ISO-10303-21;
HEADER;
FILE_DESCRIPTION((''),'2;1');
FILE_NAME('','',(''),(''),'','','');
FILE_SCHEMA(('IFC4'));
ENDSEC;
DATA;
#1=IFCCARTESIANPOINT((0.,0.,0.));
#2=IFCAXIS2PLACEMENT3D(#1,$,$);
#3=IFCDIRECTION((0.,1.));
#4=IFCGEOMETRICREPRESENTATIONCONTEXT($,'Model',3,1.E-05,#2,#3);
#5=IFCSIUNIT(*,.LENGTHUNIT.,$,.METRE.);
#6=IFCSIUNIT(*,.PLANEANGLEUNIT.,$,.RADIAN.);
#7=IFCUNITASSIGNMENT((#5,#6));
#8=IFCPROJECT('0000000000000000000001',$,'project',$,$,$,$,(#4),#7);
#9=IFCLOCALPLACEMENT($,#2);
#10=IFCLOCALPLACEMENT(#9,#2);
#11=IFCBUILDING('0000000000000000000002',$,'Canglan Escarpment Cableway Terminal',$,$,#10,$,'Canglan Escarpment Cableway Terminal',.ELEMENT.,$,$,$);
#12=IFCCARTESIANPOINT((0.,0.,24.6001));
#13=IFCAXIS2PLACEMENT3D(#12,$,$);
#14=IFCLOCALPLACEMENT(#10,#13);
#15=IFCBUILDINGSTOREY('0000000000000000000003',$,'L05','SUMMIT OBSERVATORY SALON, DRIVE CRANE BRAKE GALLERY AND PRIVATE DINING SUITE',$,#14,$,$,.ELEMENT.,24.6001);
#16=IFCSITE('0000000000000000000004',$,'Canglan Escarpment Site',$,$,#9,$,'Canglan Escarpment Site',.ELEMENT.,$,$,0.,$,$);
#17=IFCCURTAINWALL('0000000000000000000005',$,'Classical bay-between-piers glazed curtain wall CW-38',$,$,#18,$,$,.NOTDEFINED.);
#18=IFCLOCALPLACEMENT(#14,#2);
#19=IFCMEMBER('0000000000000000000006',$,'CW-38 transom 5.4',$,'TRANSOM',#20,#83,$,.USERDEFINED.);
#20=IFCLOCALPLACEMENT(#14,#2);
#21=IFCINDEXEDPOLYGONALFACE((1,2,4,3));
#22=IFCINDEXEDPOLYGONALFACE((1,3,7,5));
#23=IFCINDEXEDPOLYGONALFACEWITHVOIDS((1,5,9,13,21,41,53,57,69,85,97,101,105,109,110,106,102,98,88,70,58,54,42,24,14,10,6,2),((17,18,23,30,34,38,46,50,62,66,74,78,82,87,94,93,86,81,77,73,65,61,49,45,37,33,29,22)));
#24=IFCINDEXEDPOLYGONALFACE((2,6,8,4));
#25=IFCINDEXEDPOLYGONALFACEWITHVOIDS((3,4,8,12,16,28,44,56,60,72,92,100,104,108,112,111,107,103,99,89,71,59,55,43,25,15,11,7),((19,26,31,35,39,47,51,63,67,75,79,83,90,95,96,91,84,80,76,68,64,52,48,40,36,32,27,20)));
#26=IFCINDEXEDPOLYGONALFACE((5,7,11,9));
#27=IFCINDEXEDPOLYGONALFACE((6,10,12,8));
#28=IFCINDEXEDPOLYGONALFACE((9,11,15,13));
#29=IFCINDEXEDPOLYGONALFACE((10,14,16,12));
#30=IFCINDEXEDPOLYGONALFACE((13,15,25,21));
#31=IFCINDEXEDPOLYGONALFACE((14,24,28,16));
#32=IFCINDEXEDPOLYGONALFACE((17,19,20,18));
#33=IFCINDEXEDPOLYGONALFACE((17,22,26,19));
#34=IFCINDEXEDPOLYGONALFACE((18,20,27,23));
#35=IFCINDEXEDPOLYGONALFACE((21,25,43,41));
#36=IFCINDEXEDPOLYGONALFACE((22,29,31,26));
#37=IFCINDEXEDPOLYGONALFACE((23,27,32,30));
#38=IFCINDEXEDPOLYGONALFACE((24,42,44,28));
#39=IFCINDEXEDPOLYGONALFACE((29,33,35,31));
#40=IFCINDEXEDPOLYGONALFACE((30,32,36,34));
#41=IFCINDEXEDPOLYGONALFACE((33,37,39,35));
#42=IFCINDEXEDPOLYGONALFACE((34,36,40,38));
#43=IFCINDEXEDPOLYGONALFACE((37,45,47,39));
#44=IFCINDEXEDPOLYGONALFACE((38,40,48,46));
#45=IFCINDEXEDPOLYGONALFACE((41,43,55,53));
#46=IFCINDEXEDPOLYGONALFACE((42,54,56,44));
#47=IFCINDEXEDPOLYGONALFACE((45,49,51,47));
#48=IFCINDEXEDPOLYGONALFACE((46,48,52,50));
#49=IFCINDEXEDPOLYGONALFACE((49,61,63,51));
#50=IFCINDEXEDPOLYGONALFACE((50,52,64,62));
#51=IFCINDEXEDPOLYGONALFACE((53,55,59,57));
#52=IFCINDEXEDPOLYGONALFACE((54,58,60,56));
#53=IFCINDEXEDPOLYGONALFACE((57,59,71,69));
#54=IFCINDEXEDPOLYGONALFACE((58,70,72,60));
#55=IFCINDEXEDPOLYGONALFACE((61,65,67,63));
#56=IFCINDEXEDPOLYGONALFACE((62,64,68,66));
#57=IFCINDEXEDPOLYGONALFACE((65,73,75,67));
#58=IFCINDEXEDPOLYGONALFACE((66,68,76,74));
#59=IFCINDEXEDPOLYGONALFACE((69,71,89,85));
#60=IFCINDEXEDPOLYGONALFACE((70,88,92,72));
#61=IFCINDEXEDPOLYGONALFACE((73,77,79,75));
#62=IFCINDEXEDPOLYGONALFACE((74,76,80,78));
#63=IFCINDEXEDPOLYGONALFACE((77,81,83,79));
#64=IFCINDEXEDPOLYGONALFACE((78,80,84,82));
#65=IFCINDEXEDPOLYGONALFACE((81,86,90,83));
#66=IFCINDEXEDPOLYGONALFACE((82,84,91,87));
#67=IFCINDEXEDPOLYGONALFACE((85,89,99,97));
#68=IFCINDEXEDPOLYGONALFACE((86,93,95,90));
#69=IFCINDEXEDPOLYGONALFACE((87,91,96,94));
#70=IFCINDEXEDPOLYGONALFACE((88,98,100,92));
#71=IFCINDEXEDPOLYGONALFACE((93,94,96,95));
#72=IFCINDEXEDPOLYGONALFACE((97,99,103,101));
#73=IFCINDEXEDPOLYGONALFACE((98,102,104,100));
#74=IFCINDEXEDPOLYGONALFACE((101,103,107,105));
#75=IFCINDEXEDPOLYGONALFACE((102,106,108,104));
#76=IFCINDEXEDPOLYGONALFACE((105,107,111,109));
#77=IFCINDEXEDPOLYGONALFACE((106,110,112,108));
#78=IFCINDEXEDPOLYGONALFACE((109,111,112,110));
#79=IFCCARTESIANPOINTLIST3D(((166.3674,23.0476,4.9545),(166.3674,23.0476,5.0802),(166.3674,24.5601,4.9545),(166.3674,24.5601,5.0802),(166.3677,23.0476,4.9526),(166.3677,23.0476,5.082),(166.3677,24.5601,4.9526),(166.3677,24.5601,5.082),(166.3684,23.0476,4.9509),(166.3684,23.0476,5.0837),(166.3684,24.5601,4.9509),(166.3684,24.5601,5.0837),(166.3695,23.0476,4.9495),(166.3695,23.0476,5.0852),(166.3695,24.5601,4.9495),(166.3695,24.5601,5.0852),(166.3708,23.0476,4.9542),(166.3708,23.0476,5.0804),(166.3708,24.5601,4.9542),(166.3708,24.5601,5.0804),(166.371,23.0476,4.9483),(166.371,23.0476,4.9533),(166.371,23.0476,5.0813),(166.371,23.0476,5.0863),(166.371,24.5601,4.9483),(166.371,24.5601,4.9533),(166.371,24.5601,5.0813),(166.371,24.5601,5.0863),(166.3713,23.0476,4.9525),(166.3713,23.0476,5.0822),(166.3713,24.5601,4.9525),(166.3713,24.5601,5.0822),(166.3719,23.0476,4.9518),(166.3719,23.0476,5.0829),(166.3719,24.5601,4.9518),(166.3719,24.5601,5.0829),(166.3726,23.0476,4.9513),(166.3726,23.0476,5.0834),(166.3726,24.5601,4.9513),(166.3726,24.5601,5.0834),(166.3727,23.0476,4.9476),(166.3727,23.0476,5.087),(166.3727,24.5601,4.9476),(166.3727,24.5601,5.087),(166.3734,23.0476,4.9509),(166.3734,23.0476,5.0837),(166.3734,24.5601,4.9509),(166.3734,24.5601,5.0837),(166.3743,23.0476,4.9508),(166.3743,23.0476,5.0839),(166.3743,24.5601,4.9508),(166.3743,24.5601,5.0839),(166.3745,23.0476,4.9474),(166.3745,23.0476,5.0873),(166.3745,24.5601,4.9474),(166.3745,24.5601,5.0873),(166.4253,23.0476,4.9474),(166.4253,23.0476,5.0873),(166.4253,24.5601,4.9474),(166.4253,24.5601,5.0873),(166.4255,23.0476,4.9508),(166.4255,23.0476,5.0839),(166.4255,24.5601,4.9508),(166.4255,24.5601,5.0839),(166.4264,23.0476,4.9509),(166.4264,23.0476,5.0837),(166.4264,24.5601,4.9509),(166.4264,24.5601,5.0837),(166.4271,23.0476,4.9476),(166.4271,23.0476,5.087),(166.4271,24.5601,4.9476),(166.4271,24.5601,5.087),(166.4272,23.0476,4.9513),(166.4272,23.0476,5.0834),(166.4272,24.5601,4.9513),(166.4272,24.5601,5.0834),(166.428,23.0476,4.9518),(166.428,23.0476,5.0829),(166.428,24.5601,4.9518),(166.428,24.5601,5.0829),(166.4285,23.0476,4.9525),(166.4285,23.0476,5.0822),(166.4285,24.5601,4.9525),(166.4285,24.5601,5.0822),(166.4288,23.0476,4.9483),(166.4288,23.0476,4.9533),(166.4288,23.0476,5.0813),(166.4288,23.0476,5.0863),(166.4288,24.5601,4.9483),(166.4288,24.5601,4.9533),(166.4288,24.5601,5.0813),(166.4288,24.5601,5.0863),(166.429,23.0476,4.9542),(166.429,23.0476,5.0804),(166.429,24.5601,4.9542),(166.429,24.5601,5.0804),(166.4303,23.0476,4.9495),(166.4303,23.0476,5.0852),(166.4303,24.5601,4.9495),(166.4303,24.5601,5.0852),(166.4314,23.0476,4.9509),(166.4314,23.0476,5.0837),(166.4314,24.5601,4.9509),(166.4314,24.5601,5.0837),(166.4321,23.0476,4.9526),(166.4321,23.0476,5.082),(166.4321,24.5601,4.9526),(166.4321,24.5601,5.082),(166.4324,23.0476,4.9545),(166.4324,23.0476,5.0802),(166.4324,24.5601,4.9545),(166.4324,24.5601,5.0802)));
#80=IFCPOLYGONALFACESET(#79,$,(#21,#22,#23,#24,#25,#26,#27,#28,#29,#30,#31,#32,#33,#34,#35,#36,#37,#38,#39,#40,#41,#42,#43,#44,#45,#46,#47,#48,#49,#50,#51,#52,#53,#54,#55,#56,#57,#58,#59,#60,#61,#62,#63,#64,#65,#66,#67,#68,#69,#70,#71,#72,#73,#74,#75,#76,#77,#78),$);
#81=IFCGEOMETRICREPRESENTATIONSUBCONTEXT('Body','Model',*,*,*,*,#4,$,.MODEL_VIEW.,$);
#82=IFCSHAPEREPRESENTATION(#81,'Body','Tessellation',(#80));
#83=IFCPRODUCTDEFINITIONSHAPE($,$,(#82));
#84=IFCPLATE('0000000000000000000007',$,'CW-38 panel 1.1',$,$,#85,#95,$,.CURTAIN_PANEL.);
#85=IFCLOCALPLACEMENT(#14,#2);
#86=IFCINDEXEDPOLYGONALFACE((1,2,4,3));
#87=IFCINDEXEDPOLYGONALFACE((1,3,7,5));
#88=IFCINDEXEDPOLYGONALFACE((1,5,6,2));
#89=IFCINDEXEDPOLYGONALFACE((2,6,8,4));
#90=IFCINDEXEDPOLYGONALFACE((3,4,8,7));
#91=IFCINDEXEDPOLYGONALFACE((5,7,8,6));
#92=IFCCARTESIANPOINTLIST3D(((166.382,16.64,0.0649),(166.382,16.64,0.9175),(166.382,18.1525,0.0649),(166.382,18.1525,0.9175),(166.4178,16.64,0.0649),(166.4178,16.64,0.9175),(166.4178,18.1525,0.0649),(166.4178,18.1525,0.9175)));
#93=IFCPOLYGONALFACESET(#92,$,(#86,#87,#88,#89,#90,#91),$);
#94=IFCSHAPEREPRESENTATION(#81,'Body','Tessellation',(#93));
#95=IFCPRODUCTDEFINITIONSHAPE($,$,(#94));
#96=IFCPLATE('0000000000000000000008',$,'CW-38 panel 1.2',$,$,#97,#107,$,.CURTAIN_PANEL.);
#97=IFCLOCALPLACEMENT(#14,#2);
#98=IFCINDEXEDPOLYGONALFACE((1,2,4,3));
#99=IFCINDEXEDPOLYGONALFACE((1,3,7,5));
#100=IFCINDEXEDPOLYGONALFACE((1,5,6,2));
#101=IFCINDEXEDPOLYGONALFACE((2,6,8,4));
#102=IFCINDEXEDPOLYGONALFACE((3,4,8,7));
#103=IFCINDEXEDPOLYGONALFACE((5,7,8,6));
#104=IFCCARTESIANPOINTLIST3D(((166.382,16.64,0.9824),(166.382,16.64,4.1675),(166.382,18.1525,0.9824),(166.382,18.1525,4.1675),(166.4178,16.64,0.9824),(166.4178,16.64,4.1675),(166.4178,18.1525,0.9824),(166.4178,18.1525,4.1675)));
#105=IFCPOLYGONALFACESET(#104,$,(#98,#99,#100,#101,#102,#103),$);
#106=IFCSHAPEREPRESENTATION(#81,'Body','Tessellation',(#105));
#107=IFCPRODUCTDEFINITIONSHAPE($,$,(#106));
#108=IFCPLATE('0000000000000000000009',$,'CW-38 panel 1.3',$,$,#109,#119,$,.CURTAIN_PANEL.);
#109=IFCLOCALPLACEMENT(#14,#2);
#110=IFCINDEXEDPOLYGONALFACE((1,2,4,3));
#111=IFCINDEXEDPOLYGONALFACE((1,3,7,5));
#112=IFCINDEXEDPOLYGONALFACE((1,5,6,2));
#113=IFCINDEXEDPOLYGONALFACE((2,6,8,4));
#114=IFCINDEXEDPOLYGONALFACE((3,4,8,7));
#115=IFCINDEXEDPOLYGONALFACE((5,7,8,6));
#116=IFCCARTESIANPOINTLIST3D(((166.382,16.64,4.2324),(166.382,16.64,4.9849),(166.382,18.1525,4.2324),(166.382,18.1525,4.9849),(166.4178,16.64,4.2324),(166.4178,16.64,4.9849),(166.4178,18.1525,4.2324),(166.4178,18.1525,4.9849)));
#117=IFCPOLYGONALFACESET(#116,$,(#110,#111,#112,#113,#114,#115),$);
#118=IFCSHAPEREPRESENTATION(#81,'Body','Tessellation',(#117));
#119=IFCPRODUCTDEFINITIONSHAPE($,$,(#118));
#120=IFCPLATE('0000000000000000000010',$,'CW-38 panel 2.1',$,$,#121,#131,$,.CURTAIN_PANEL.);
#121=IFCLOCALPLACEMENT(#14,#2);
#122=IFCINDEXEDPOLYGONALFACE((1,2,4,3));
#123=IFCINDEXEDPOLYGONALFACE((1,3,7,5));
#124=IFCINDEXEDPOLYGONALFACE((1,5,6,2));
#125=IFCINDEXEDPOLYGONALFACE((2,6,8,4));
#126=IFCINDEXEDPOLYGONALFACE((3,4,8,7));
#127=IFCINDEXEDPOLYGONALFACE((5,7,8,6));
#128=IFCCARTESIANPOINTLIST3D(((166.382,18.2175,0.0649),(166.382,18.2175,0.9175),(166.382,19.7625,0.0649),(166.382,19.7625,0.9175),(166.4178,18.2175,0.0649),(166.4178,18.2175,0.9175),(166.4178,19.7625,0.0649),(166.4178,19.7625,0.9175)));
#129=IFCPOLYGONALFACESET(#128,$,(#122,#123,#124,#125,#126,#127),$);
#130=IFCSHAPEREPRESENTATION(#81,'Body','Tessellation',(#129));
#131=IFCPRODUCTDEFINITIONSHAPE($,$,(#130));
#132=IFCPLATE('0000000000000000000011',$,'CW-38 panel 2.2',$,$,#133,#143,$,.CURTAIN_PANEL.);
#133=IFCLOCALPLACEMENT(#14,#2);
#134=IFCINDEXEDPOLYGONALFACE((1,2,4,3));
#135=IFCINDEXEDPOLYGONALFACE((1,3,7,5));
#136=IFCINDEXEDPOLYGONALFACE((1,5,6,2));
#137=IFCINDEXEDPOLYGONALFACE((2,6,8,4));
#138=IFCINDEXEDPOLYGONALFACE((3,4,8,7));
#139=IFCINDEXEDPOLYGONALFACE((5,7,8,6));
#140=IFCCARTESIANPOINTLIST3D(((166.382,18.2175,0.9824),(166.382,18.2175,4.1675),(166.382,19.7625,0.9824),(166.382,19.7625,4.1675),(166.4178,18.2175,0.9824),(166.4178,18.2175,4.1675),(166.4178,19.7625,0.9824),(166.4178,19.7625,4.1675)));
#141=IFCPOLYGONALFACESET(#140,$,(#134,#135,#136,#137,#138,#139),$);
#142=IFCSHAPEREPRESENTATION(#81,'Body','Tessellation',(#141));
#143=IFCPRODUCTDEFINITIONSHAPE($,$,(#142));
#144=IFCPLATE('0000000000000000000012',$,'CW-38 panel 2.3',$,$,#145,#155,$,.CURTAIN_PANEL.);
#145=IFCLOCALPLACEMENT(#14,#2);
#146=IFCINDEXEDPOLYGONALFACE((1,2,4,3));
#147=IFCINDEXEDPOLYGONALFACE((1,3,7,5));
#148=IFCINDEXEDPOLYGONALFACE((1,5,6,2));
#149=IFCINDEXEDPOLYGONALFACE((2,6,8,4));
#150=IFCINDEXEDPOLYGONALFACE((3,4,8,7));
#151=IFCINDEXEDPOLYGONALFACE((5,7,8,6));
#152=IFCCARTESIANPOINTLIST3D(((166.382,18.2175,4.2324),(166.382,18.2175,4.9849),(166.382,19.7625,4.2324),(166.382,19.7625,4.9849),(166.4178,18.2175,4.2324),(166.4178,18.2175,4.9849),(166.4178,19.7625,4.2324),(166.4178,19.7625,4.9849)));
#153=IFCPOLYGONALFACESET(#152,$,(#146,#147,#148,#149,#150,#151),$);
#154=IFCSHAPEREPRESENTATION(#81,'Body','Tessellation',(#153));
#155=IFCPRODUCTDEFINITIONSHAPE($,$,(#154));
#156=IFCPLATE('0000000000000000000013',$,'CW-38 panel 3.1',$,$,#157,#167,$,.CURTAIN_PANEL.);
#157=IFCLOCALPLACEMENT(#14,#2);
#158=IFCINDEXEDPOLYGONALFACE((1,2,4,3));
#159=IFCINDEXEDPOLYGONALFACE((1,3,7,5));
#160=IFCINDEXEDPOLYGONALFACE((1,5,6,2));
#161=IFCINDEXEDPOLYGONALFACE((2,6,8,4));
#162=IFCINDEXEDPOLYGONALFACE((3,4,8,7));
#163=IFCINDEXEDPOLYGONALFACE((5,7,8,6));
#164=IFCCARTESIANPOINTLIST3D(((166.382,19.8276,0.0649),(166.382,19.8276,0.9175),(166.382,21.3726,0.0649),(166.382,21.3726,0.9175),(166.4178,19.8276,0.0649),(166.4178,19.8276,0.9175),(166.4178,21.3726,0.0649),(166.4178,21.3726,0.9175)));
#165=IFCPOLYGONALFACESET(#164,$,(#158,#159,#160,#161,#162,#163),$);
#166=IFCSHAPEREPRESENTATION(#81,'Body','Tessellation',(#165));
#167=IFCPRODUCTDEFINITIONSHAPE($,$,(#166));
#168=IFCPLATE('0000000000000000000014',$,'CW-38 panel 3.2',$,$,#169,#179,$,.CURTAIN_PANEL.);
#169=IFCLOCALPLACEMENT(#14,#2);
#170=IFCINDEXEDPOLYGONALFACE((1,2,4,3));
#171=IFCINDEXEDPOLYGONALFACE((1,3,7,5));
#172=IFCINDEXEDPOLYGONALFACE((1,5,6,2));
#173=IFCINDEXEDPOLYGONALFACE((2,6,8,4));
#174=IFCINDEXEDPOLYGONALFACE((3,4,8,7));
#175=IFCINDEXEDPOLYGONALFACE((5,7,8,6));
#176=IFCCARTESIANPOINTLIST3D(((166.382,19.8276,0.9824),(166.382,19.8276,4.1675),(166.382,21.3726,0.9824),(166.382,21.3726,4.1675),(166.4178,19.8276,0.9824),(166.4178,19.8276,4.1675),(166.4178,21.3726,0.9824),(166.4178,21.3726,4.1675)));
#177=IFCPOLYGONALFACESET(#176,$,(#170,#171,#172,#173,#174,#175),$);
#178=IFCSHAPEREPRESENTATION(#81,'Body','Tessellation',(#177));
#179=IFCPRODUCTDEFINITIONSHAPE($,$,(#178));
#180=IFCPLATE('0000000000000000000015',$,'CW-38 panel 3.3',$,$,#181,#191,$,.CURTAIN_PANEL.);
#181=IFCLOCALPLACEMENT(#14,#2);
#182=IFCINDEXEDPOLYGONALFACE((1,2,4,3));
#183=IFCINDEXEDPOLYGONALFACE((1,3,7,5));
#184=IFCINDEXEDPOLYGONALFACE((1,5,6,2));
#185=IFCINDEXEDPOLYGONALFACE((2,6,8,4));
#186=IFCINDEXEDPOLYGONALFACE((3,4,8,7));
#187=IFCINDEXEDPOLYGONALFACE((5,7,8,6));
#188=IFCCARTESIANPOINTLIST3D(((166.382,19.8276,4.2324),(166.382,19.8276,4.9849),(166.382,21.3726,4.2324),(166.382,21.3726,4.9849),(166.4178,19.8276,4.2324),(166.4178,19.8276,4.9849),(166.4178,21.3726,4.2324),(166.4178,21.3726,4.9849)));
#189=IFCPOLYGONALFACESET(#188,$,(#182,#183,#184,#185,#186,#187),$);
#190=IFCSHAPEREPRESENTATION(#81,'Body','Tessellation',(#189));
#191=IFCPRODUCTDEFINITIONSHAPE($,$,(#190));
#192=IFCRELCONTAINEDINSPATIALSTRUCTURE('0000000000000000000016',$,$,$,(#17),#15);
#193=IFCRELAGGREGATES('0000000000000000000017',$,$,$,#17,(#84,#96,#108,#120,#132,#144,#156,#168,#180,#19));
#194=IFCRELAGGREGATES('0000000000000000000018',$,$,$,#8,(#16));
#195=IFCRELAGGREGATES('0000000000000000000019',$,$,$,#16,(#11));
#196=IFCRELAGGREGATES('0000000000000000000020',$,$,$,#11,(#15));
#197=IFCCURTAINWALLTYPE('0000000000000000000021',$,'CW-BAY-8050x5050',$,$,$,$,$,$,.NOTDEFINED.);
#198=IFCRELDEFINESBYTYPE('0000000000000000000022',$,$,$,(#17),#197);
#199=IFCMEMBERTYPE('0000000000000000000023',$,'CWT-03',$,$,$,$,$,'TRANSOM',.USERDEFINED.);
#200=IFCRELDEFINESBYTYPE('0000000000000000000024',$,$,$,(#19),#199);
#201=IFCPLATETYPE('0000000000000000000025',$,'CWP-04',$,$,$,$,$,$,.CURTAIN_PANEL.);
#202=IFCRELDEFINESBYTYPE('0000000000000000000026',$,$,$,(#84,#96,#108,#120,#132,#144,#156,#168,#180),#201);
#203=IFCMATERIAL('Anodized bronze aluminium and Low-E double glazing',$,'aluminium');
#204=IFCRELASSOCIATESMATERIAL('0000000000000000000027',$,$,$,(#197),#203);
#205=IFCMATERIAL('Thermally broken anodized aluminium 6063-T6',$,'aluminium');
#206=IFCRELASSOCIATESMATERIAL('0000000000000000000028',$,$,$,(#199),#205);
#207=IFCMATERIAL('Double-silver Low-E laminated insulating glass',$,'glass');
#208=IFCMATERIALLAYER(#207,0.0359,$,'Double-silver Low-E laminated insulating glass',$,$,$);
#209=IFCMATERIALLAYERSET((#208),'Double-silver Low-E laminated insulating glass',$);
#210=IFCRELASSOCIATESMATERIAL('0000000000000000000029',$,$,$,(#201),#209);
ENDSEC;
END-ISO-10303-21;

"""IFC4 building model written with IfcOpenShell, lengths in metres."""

from ifc_helpers import new_model, si_unit, direction, frame, origin, origin_2d, place, context, subcontext, project, spatial, rectangle, hollow_rectangle, extrude, material, layer, layer_set, material_profile, profile_set, type_object, element, aggregate, save


model = new_model("IFC4")

# Units and contexts
model_context = context("Model", 3, precision=1e-05, world=origin(), true_north=direction((0.0, 1.0)))
body_context = subcontext(model_context, "Body", "Model", "MODEL_VIEW")
ifc_project = project(units=[si_unit("LENGTHUNIT", "METRE"), si_unit("PLANEANGLEUNIT", "RADIAN")], contexts=[model_context])

# Site, building, storey
site_placement = place(None, origin())
site = spatial("IfcSite", under=ifc_project, at=site_placement, Name="Canglan Escarpment Site", LongName="Canglan Escarpment Site", CompositionType="ELEMENT", RefElevation=0.0)
building_placement = place(site_placement, origin())
building = spatial("IfcBuilding", under=site, at=building_placement, Name="Canglan Escarpment Cableway Terminal", LongName="Canglan Escarpment Cableway Terminal", CompositionType="ELEMENT")
storey_placement = place(building_placement, frame((0.0, 0.0, 24.6001)))
storey = spatial("IfcBuildingStorey", under=building, at=storey_placement, Name="L05", Description="SUMMIT OBSERVATORY SALON, DRIVE CRANE BRAKE GALLERY AND PRIVATE DINING SUITE", CompositionType="ELEMENT", Elevation=24.6001)

# Curtain wall, member, plates
ifc_material_1 = material(Name="Anodized bronze aluminium and Low-E double glazing", Category="aluminium")
curtain_wall_type = type_object("IfcCurtainWallType", Name="CW-BAY-8050x5050", PredefinedType="NOTDEFINED", material=ifc_material_1)
curtain_wall_placement = place(storey_placement, origin())
curtain_wall = element("IfcCurtainWall", 1, at=curtain_wall_placement, inside=storey, type_object=curtain_wall_type, Name="Classical bay-between-piers glazed curtain wall CW-38", PredefinedType="NOTDEFINED")
ifc_material_2 = material(Name="Thermally broken anodized aluminium 6063-T6", Category="aluminium")
ifc_material_profile_1 = material_profile(ifc_material_2, hollow_rectangle(XDim=0.0649, YDim=0.1399, WallThickness=0.0034, InnerFilletRadius=0.0034, OuterFilletRadius=0.0071, at=origin_2d()), Name="ALU-TRAN 65x140x3.5")
ifc_profile_set_1 = profile_set([ifc_material_profile_1], Name="Thermally broken anodized aluminium 6063-T6")
member_type_1 = type_object("IfcMemberType", Name="CWT-03", ElementType="TRANSOM", PredefinedType="USERDEFINED", material=ifc_profile_set_1)
member_1_placement = place(storey_placement, frame((166.3999, 23.0476, 5.0173), z_axis=(0.0, 1.0, 0.0), x_axis=(-1.0, 0.0, 0.0)))
member_1 = element("IfcMember", 2, at=member_1_placement, type_object=member_type_1, Name="CW-38 transom 5.4", ObjectType="TRANSOM", PredefinedType="USERDEFINED", context=body_context, shape_type="SweptSolid", body=[
    extrude(hollow_rectangle(XDim=0.0649, YDim=0.1399, WallThickness=0.0034, InnerFilletRadius=0.0034, OuterFilletRadius=0.0071, at=origin_2d()), origin(), (0.0, 0.0, 1.0), 1.5125),
])
ifc_material_3 = material(Name="Double-silver Low-E laminated insulating glass", Category="glass")
ifc_layer = layer(ifc_material_3, 0.0359, Name="Double-silver Low-E laminated insulating glass")
ifc_layer_set = layer_set([ifc_layer], Name="Double-silver Low-E laminated insulating glass")
plate_type = type_object("IfcPlateType", Name="CWP-04", PredefinedType="CURTAIN_PANEL", material=ifc_layer_set)
plate_1_placement = place(storey_placement, frame((166.3999, 17.3962, 0.0649), z_axis=(0.0, 0.0, 1.0), x_axis=(0.0, 1.0, 0.0)))
plate_1 = element("IfcPlate", 3, at=plate_1_placement, type_object=plate_type, Name="CW-38 panel 1.1", PredefinedType="CURTAIN_PANEL", context=body_context, shape_type="SweptSolid", body=[
    extrude(rectangle(XDim=1.5125, YDim=0.0359, at=origin_2d()), origin(), (0.0, 0.0, 1.0), 0.8525),
])
plate_2_placement = place(storey_placement, frame((166.3999, 17.3962, 0.9824), z_axis=(0.0, 0.0, 1.0), x_axis=(0.0, 1.0, 0.0)))
plate_2 = element("IfcPlate", 4, at=plate_2_placement, type_object=plate_type, Name="CW-38 panel 1.2", PredefinedType="CURTAIN_PANEL", context=body_context, shape_type="SweptSolid", body=[
    extrude(rectangle(XDim=1.5125, YDim=0.0359, at=origin_2d()), origin(), (0.0, 0.0, 1.0), 3.1851),
])
plate_3_placement = place(storey_placement, frame((166.3999, 17.3962, 4.2324), z_axis=(0.0, 0.0, 1.0), x_axis=(0.0, 1.0, 0.0)))
plate_3 = element("IfcPlate", 5, at=plate_3_placement, type_object=plate_type, Name="CW-38 panel 1.3", PredefinedType="CURTAIN_PANEL", context=body_context, shape_type="SweptSolid", body=[
    extrude(rectangle(XDim=1.5125, YDim=0.0359, at=origin_2d()), origin(), (0.0, 0.0, 1.0), 0.7524),
])
plate_4_placement = place(storey_placement, frame((166.3999, 18.99, 0.0649), z_axis=(0.0, 0.0, 1.0), x_axis=(0.0, 1.0, 0.0)))
plate_4 = element("IfcPlate", 6, at=plate_4_placement, type_object=plate_type, Name="CW-38 panel 2.1", PredefinedType="CURTAIN_PANEL", context=body_context, shape_type="SweptSolid", body=[
    extrude(rectangle(XDim=1.5449, YDim=0.0359, at=origin_2d()), origin(), (0.0, 0.0, 1.0), 0.8525),
])
plate_5_placement = place(storey_placement, frame((166.3999, 18.99, 0.9824), z_axis=(0.0, 0.0, 1.0), x_axis=(0.0, 1.0, 0.0)))
plate_5 = element("IfcPlate", 7, at=plate_5_placement, type_object=plate_type, Name="CW-38 panel 2.2", PredefinedType="CURTAIN_PANEL", context=body_context, shape_type="SweptSolid", body=[
    extrude(rectangle(XDim=1.5449, YDim=0.0359, at=origin_2d()), origin(), (0.0, 0.0, 1.0), 3.1851),
])
plate_6_placement = place(storey_placement, frame((166.3999, 18.99, 4.2324), z_axis=(0.0, 0.0, 1.0), x_axis=(0.0, 1.0, 0.0)))
plate_6 = element("IfcPlate", 8, at=plate_6_placement, type_object=plate_type, Name="CW-38 panel 2.3", PredefinedType="CURTAIN_PANEL", context=body_context, shape_type="SweptSolid", body=[
    extrude(rectangle(XDim=1.5449, YDim=0.0359, at=origin_2d()), origin(), (0.0, 0.0, 1.0), 0.7524),
])
plate_7_placement = place(storey_placement, frame((166.3999, 20.6001, 0.0649), z_axis=(0.0, 0.0, 1.0), x_axis=(0.0, 1.0, 0.0)))
plate_7 = element("IfcPlate", 9, at=plate_7_placement, type_object=plate_type, Name="CW-38 panel 3.1", PredefinedType="CURTAIN_PANEL", context=body_context, shape_type="SweptSolid", body=[
    extrude(rectangle(XDim=1.5449, YDim=0.0359, at=origin_2d()), origin(), (0.0, 0.0, 1.0), 0.8525),
])
plate_8_placement = place(storey_placement, frame((166.3999, 20.6001, 0.9824), z_axis=(0.0, 0.0, 1.0), x_axis=(0.0, 1.0, 0.0)))
plate_8 = element("IfcPlate", 10, at=plate_8_placement, type_object=plate_type, Name="CW-38 panel 3.2", PredefinedType="CURTAIN_PANEL", context=body_context, shape_type="SweptSolid", body=[
    extrude(rectangle(XDim=1.5449, YDim=0.0359, at=origin_2d()), origin(), (0.0, 0.0, 1.0), 3.1851),
])
plate_9_placement = place(storey_placement, frame((166.3999, 20.6001, 4.2324), z_axis=(0.0, 0.0, 1.0), x_axis=(0.0, 1.0, 0.0)))
plate_9 = element("IfcPlate", 11, at=plate_9_placement, type_object=plate_type, Name="CW-38 panel 3.3", PredefinedType="CURTAIN_PANEL", context=body_context, shape_type="SweptSolid", body=[
    extrude(rectangle(XDim=1.5449, YDim=0.0359, at=origin_2d()), origin(), (0.0, 0.0, 1.0), 0.7524),
])
aggregate(curtain_wall, [plate_1, plate_2, plate_3, plate_4, plate_5, plate_6, plate_7, plate_8, plate_9, member_1])

save(model, "model.ifc")
